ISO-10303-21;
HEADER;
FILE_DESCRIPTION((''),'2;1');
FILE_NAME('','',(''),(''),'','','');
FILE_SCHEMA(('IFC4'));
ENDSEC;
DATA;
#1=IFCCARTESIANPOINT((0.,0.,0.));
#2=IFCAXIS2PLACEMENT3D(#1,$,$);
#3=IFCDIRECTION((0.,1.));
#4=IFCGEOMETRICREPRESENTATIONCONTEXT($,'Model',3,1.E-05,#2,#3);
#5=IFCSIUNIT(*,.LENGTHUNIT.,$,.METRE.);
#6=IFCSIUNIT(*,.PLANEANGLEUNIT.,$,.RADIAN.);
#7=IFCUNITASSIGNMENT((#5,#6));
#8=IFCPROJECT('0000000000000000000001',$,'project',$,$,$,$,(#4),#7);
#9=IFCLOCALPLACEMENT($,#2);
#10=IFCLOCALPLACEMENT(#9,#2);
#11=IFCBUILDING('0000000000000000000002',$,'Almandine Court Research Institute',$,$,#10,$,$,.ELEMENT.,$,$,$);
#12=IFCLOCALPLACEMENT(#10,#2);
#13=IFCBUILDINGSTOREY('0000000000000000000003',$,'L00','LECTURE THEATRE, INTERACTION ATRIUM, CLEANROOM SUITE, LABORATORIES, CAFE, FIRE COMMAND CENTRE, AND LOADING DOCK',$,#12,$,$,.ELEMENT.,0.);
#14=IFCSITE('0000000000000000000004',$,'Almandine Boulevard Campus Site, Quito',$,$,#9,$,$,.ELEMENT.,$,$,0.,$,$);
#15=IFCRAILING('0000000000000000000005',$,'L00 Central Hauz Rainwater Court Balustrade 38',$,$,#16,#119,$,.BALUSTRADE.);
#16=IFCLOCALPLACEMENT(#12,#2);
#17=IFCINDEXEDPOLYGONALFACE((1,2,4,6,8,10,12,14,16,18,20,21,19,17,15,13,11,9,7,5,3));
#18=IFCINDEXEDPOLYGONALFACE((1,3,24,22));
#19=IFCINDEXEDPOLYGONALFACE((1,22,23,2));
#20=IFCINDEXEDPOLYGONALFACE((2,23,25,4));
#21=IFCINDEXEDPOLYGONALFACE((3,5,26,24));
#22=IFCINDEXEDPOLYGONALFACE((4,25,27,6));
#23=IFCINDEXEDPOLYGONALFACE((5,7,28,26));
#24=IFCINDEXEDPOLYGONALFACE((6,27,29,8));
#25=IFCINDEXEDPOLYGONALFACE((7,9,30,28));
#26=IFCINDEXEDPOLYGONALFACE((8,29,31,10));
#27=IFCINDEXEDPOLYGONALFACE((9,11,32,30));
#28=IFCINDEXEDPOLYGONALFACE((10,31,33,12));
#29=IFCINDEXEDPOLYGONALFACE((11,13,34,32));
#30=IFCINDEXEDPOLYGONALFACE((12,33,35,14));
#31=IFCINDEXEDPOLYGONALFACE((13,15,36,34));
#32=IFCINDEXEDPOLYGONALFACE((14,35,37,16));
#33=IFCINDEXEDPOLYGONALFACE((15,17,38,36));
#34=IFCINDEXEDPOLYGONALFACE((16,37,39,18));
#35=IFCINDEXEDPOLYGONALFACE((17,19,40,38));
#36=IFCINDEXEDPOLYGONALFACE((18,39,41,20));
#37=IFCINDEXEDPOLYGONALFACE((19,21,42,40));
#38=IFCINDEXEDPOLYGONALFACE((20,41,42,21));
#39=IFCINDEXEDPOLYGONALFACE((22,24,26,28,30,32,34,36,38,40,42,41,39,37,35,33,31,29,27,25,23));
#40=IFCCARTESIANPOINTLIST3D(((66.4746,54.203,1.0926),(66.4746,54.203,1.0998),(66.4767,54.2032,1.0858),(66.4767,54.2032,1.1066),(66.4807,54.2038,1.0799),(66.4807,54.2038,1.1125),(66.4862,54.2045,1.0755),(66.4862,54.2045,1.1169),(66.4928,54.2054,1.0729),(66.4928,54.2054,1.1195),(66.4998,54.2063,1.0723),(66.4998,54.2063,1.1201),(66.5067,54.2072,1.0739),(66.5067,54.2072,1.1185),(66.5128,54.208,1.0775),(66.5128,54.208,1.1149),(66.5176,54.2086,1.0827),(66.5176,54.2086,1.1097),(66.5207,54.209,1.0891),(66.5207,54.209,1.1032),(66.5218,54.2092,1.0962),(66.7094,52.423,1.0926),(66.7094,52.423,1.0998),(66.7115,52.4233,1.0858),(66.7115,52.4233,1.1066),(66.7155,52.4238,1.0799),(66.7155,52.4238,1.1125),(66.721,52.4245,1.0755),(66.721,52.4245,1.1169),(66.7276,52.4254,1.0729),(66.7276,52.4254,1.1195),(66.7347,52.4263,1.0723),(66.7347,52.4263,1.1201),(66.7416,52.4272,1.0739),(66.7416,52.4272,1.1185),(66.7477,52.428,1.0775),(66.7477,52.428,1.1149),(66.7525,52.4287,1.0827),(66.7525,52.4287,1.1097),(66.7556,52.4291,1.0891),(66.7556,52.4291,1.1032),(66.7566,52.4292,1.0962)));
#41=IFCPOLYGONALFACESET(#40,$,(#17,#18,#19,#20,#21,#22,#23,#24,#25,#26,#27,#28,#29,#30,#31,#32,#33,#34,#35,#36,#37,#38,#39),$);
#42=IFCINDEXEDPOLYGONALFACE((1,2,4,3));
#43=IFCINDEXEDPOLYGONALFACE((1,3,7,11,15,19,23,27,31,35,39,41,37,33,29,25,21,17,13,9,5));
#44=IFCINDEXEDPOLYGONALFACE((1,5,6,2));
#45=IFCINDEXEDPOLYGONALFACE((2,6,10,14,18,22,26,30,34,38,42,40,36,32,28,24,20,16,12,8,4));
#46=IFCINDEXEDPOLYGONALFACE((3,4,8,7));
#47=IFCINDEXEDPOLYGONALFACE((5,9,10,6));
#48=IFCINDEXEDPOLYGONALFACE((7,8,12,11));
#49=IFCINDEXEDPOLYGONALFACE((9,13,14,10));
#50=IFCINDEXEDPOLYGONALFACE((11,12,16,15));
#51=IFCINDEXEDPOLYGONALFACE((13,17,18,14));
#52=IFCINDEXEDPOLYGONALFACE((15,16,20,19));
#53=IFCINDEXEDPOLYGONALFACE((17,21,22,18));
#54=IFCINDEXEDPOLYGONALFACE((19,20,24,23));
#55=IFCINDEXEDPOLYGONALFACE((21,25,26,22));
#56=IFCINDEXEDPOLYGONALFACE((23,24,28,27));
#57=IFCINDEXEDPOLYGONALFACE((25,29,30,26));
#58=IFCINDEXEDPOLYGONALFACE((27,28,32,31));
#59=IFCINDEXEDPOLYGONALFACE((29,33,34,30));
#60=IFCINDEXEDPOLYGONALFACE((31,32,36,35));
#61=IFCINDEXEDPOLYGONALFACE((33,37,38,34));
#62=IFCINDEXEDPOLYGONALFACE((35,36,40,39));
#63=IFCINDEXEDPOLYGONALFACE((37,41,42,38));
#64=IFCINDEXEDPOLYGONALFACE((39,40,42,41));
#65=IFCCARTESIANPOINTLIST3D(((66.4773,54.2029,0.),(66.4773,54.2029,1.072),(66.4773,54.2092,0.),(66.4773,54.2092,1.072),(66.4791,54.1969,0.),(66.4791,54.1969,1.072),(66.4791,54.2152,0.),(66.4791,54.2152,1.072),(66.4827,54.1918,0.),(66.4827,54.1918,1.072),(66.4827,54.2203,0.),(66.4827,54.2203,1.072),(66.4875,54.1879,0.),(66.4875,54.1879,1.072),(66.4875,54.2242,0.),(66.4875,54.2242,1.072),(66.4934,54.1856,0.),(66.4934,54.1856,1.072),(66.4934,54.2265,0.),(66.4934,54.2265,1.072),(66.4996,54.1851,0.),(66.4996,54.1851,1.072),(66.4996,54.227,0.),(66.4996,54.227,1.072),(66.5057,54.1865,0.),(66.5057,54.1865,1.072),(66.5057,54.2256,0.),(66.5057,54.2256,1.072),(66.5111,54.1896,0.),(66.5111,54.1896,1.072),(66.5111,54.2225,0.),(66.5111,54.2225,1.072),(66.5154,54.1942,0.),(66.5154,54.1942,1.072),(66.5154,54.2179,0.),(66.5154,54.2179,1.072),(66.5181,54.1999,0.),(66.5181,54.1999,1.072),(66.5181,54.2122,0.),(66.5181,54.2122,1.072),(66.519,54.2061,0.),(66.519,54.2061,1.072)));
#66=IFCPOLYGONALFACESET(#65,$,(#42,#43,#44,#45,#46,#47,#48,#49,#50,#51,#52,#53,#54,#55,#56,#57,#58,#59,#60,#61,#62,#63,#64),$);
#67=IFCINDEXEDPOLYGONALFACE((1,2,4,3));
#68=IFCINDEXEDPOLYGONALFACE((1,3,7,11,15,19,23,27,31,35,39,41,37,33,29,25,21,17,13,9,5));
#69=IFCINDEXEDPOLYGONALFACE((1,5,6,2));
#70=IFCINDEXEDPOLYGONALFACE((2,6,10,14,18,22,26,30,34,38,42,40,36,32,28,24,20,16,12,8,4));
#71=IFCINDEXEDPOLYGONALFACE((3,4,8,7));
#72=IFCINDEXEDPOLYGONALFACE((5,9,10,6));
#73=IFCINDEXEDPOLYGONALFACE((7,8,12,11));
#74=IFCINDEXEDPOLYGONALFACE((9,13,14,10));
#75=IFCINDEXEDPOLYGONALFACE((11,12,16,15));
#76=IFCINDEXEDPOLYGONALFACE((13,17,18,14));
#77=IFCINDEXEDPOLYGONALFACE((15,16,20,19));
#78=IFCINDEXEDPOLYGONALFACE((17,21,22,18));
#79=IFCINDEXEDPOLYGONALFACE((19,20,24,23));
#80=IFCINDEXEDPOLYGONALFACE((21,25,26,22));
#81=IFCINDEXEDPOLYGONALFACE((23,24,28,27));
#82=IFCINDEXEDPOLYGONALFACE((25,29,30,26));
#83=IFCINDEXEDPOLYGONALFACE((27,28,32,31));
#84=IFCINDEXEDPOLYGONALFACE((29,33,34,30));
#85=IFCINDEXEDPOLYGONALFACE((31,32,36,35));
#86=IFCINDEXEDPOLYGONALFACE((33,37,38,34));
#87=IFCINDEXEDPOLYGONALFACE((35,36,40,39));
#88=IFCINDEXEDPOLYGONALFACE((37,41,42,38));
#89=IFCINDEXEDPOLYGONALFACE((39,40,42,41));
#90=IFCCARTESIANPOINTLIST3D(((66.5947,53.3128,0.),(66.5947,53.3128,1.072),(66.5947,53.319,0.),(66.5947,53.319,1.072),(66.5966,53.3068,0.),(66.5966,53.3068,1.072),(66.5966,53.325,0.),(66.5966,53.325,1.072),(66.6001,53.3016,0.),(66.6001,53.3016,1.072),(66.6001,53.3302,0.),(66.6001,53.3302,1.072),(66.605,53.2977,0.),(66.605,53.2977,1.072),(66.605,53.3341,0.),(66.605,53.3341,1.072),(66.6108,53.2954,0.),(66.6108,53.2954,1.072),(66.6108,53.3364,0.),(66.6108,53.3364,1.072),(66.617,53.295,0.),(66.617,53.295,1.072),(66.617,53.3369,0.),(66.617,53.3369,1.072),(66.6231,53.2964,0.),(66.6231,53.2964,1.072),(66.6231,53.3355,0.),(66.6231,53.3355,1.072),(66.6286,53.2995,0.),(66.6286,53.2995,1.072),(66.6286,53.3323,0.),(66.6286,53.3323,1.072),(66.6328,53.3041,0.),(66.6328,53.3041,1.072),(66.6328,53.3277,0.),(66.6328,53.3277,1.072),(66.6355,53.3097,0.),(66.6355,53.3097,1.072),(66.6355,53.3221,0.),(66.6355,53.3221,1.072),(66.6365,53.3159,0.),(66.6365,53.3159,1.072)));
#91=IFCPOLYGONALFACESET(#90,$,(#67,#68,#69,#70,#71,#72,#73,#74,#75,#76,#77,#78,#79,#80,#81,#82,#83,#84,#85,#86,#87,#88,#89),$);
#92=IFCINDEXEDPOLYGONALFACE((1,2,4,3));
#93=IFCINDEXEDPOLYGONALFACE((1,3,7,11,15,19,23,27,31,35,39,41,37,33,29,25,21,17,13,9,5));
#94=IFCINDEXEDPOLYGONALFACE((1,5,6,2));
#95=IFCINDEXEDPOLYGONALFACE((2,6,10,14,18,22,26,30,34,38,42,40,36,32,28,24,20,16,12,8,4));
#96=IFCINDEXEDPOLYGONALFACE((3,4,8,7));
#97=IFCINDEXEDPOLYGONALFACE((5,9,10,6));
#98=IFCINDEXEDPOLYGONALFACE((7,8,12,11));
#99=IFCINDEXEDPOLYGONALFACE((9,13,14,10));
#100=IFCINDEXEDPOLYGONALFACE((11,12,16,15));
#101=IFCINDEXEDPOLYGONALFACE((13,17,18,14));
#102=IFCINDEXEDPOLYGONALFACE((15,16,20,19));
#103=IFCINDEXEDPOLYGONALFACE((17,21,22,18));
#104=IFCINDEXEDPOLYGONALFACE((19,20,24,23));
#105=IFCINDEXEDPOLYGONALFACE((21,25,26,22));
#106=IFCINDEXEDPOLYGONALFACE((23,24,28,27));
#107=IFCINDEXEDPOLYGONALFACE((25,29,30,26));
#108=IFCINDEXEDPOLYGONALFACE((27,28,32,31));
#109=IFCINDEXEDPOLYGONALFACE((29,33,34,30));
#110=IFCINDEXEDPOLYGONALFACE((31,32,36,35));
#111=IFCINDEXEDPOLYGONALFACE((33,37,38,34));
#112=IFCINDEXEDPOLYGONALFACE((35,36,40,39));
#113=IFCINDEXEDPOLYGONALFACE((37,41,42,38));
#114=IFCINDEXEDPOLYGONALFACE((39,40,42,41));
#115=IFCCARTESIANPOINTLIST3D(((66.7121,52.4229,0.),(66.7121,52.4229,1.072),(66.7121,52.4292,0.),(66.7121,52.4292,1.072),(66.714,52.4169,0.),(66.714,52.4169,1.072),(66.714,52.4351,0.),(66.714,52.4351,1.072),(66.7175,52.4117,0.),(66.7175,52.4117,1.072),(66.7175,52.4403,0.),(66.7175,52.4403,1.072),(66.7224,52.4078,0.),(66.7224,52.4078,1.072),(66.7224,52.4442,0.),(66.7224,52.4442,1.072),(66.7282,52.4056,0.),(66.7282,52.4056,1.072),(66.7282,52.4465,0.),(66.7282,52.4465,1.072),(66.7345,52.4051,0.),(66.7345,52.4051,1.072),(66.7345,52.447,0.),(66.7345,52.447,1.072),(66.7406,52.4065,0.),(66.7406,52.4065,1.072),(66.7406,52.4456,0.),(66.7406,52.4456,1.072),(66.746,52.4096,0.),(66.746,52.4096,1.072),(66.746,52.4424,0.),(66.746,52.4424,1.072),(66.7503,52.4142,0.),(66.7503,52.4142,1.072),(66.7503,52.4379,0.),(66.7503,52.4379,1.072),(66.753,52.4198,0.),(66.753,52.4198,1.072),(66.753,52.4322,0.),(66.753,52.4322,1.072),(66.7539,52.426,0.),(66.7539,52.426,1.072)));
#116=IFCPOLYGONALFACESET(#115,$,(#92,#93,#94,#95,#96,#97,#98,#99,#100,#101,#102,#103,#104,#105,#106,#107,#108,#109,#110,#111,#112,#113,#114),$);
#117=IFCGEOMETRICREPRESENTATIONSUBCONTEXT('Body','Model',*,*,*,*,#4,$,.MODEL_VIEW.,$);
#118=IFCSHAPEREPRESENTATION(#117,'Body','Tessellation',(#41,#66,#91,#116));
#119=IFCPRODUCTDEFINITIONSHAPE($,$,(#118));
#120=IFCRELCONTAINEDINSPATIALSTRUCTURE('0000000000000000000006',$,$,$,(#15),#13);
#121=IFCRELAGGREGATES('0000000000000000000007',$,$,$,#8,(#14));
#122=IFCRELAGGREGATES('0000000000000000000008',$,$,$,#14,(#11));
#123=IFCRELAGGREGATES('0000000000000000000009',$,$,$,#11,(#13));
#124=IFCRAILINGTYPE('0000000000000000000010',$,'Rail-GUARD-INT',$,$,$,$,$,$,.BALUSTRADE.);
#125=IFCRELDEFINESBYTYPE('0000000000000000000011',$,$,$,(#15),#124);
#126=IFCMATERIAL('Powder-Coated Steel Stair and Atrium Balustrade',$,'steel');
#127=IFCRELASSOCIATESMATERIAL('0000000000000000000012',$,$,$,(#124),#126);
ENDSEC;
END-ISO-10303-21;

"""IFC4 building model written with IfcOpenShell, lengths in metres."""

from ifc_helpers import new_model, si_unit, direction, frame, origin, origin_2d, place, context, subcontext, project, spatial, circle, extrude, material, type_object, element, save


model = new_model("IFC4")

# Units and contexts
model_context = context("Model", 3, precision=1e-05, world=origin(), true_north=direction((0.0, 1.0)))
body_context = subcontext(model_context, "Body", "Model", "MODEL_VIEW")
ifc_project = project(units=[si_unit("LENGTHUNIT", "METRE"), si_unit("PLANEANGLEUNIT", "RADIAN")], contexts=[model_context])

# Site, building, storey
site_placement = place(None, origin())
site = spatial("IfcSite", under=ifc_project, at=site_placement, Name="Almandine Boulevard Campus Site, Quito", CompositionType="ELEMENT", RefElevation=0.0)
building_placement = place(site_placement, origin())
building = spatial("IfcBuilding", under=site, at=building_placement, Name="Almandine Court Research Institute", CompositionType="ELEMENT")
storey_placement = place(building_placement, origin())
storey = spatial("IfcBuildingStorey", under=building, at=storey_placement, Name="L00", Description="LECTURE THEATRE, INTERACTION ATRIUM, CLEANROOM SUITE, LABORATORIES, CAFE, FIRE COMMAND CENTRE, AND LOADING DOCK", CompositionType="ELEMENT", Elevation=0.0)

# Railing
ifc_material_1 = material(Name="Powder-Coated Steel Stair and Atrium Balustrade", Category="steel")
railing_type = type_object("IfcRailingType", Name="Rail-GUARD-INT", PredefinedType="BALUSTRADE", material=ifc_material_1)
railing_1_placement = place(storey_placement, frame((66.498, 54.2061, 0.0)))
element("IfcRailing", 1, at=railing_1_placement, inside=storey, type_object=railing_type, Name="L00 Central Hauz Rainwater Court Balustrade 38", PredefinedType="BALUSTRADE", context=body_context, shape_type="SweptSolid", body=[
    extrude(circle(Radius=0.0239, at=origin_2d()), frame((0.0, 0.0, 1.0962), z_axis=(0.13081, -0.991407, 0.0), x_axis=(0.991407, 0.13081, 0.0)), (0.0, 0.0, 1.0), 1.7954),
    extrude(circle(Radius=0.021, at=origin_2d()), origin(), (0.0, 0.0, 1.0), 1.072),
    extrude(circle(Radius=0.021, at=origin_2d()), frame((0.1174, -0.8901, 0.0)), (0.0, 0.0, 1.0), 1.072),
    extrude(circle(Radius=0.021, at=origin_2d()), frame((0.2349, -1.78, 0.0)), (0.0, 0.0, 1.0), 1.072),
])

save(model, "model.ifc")
